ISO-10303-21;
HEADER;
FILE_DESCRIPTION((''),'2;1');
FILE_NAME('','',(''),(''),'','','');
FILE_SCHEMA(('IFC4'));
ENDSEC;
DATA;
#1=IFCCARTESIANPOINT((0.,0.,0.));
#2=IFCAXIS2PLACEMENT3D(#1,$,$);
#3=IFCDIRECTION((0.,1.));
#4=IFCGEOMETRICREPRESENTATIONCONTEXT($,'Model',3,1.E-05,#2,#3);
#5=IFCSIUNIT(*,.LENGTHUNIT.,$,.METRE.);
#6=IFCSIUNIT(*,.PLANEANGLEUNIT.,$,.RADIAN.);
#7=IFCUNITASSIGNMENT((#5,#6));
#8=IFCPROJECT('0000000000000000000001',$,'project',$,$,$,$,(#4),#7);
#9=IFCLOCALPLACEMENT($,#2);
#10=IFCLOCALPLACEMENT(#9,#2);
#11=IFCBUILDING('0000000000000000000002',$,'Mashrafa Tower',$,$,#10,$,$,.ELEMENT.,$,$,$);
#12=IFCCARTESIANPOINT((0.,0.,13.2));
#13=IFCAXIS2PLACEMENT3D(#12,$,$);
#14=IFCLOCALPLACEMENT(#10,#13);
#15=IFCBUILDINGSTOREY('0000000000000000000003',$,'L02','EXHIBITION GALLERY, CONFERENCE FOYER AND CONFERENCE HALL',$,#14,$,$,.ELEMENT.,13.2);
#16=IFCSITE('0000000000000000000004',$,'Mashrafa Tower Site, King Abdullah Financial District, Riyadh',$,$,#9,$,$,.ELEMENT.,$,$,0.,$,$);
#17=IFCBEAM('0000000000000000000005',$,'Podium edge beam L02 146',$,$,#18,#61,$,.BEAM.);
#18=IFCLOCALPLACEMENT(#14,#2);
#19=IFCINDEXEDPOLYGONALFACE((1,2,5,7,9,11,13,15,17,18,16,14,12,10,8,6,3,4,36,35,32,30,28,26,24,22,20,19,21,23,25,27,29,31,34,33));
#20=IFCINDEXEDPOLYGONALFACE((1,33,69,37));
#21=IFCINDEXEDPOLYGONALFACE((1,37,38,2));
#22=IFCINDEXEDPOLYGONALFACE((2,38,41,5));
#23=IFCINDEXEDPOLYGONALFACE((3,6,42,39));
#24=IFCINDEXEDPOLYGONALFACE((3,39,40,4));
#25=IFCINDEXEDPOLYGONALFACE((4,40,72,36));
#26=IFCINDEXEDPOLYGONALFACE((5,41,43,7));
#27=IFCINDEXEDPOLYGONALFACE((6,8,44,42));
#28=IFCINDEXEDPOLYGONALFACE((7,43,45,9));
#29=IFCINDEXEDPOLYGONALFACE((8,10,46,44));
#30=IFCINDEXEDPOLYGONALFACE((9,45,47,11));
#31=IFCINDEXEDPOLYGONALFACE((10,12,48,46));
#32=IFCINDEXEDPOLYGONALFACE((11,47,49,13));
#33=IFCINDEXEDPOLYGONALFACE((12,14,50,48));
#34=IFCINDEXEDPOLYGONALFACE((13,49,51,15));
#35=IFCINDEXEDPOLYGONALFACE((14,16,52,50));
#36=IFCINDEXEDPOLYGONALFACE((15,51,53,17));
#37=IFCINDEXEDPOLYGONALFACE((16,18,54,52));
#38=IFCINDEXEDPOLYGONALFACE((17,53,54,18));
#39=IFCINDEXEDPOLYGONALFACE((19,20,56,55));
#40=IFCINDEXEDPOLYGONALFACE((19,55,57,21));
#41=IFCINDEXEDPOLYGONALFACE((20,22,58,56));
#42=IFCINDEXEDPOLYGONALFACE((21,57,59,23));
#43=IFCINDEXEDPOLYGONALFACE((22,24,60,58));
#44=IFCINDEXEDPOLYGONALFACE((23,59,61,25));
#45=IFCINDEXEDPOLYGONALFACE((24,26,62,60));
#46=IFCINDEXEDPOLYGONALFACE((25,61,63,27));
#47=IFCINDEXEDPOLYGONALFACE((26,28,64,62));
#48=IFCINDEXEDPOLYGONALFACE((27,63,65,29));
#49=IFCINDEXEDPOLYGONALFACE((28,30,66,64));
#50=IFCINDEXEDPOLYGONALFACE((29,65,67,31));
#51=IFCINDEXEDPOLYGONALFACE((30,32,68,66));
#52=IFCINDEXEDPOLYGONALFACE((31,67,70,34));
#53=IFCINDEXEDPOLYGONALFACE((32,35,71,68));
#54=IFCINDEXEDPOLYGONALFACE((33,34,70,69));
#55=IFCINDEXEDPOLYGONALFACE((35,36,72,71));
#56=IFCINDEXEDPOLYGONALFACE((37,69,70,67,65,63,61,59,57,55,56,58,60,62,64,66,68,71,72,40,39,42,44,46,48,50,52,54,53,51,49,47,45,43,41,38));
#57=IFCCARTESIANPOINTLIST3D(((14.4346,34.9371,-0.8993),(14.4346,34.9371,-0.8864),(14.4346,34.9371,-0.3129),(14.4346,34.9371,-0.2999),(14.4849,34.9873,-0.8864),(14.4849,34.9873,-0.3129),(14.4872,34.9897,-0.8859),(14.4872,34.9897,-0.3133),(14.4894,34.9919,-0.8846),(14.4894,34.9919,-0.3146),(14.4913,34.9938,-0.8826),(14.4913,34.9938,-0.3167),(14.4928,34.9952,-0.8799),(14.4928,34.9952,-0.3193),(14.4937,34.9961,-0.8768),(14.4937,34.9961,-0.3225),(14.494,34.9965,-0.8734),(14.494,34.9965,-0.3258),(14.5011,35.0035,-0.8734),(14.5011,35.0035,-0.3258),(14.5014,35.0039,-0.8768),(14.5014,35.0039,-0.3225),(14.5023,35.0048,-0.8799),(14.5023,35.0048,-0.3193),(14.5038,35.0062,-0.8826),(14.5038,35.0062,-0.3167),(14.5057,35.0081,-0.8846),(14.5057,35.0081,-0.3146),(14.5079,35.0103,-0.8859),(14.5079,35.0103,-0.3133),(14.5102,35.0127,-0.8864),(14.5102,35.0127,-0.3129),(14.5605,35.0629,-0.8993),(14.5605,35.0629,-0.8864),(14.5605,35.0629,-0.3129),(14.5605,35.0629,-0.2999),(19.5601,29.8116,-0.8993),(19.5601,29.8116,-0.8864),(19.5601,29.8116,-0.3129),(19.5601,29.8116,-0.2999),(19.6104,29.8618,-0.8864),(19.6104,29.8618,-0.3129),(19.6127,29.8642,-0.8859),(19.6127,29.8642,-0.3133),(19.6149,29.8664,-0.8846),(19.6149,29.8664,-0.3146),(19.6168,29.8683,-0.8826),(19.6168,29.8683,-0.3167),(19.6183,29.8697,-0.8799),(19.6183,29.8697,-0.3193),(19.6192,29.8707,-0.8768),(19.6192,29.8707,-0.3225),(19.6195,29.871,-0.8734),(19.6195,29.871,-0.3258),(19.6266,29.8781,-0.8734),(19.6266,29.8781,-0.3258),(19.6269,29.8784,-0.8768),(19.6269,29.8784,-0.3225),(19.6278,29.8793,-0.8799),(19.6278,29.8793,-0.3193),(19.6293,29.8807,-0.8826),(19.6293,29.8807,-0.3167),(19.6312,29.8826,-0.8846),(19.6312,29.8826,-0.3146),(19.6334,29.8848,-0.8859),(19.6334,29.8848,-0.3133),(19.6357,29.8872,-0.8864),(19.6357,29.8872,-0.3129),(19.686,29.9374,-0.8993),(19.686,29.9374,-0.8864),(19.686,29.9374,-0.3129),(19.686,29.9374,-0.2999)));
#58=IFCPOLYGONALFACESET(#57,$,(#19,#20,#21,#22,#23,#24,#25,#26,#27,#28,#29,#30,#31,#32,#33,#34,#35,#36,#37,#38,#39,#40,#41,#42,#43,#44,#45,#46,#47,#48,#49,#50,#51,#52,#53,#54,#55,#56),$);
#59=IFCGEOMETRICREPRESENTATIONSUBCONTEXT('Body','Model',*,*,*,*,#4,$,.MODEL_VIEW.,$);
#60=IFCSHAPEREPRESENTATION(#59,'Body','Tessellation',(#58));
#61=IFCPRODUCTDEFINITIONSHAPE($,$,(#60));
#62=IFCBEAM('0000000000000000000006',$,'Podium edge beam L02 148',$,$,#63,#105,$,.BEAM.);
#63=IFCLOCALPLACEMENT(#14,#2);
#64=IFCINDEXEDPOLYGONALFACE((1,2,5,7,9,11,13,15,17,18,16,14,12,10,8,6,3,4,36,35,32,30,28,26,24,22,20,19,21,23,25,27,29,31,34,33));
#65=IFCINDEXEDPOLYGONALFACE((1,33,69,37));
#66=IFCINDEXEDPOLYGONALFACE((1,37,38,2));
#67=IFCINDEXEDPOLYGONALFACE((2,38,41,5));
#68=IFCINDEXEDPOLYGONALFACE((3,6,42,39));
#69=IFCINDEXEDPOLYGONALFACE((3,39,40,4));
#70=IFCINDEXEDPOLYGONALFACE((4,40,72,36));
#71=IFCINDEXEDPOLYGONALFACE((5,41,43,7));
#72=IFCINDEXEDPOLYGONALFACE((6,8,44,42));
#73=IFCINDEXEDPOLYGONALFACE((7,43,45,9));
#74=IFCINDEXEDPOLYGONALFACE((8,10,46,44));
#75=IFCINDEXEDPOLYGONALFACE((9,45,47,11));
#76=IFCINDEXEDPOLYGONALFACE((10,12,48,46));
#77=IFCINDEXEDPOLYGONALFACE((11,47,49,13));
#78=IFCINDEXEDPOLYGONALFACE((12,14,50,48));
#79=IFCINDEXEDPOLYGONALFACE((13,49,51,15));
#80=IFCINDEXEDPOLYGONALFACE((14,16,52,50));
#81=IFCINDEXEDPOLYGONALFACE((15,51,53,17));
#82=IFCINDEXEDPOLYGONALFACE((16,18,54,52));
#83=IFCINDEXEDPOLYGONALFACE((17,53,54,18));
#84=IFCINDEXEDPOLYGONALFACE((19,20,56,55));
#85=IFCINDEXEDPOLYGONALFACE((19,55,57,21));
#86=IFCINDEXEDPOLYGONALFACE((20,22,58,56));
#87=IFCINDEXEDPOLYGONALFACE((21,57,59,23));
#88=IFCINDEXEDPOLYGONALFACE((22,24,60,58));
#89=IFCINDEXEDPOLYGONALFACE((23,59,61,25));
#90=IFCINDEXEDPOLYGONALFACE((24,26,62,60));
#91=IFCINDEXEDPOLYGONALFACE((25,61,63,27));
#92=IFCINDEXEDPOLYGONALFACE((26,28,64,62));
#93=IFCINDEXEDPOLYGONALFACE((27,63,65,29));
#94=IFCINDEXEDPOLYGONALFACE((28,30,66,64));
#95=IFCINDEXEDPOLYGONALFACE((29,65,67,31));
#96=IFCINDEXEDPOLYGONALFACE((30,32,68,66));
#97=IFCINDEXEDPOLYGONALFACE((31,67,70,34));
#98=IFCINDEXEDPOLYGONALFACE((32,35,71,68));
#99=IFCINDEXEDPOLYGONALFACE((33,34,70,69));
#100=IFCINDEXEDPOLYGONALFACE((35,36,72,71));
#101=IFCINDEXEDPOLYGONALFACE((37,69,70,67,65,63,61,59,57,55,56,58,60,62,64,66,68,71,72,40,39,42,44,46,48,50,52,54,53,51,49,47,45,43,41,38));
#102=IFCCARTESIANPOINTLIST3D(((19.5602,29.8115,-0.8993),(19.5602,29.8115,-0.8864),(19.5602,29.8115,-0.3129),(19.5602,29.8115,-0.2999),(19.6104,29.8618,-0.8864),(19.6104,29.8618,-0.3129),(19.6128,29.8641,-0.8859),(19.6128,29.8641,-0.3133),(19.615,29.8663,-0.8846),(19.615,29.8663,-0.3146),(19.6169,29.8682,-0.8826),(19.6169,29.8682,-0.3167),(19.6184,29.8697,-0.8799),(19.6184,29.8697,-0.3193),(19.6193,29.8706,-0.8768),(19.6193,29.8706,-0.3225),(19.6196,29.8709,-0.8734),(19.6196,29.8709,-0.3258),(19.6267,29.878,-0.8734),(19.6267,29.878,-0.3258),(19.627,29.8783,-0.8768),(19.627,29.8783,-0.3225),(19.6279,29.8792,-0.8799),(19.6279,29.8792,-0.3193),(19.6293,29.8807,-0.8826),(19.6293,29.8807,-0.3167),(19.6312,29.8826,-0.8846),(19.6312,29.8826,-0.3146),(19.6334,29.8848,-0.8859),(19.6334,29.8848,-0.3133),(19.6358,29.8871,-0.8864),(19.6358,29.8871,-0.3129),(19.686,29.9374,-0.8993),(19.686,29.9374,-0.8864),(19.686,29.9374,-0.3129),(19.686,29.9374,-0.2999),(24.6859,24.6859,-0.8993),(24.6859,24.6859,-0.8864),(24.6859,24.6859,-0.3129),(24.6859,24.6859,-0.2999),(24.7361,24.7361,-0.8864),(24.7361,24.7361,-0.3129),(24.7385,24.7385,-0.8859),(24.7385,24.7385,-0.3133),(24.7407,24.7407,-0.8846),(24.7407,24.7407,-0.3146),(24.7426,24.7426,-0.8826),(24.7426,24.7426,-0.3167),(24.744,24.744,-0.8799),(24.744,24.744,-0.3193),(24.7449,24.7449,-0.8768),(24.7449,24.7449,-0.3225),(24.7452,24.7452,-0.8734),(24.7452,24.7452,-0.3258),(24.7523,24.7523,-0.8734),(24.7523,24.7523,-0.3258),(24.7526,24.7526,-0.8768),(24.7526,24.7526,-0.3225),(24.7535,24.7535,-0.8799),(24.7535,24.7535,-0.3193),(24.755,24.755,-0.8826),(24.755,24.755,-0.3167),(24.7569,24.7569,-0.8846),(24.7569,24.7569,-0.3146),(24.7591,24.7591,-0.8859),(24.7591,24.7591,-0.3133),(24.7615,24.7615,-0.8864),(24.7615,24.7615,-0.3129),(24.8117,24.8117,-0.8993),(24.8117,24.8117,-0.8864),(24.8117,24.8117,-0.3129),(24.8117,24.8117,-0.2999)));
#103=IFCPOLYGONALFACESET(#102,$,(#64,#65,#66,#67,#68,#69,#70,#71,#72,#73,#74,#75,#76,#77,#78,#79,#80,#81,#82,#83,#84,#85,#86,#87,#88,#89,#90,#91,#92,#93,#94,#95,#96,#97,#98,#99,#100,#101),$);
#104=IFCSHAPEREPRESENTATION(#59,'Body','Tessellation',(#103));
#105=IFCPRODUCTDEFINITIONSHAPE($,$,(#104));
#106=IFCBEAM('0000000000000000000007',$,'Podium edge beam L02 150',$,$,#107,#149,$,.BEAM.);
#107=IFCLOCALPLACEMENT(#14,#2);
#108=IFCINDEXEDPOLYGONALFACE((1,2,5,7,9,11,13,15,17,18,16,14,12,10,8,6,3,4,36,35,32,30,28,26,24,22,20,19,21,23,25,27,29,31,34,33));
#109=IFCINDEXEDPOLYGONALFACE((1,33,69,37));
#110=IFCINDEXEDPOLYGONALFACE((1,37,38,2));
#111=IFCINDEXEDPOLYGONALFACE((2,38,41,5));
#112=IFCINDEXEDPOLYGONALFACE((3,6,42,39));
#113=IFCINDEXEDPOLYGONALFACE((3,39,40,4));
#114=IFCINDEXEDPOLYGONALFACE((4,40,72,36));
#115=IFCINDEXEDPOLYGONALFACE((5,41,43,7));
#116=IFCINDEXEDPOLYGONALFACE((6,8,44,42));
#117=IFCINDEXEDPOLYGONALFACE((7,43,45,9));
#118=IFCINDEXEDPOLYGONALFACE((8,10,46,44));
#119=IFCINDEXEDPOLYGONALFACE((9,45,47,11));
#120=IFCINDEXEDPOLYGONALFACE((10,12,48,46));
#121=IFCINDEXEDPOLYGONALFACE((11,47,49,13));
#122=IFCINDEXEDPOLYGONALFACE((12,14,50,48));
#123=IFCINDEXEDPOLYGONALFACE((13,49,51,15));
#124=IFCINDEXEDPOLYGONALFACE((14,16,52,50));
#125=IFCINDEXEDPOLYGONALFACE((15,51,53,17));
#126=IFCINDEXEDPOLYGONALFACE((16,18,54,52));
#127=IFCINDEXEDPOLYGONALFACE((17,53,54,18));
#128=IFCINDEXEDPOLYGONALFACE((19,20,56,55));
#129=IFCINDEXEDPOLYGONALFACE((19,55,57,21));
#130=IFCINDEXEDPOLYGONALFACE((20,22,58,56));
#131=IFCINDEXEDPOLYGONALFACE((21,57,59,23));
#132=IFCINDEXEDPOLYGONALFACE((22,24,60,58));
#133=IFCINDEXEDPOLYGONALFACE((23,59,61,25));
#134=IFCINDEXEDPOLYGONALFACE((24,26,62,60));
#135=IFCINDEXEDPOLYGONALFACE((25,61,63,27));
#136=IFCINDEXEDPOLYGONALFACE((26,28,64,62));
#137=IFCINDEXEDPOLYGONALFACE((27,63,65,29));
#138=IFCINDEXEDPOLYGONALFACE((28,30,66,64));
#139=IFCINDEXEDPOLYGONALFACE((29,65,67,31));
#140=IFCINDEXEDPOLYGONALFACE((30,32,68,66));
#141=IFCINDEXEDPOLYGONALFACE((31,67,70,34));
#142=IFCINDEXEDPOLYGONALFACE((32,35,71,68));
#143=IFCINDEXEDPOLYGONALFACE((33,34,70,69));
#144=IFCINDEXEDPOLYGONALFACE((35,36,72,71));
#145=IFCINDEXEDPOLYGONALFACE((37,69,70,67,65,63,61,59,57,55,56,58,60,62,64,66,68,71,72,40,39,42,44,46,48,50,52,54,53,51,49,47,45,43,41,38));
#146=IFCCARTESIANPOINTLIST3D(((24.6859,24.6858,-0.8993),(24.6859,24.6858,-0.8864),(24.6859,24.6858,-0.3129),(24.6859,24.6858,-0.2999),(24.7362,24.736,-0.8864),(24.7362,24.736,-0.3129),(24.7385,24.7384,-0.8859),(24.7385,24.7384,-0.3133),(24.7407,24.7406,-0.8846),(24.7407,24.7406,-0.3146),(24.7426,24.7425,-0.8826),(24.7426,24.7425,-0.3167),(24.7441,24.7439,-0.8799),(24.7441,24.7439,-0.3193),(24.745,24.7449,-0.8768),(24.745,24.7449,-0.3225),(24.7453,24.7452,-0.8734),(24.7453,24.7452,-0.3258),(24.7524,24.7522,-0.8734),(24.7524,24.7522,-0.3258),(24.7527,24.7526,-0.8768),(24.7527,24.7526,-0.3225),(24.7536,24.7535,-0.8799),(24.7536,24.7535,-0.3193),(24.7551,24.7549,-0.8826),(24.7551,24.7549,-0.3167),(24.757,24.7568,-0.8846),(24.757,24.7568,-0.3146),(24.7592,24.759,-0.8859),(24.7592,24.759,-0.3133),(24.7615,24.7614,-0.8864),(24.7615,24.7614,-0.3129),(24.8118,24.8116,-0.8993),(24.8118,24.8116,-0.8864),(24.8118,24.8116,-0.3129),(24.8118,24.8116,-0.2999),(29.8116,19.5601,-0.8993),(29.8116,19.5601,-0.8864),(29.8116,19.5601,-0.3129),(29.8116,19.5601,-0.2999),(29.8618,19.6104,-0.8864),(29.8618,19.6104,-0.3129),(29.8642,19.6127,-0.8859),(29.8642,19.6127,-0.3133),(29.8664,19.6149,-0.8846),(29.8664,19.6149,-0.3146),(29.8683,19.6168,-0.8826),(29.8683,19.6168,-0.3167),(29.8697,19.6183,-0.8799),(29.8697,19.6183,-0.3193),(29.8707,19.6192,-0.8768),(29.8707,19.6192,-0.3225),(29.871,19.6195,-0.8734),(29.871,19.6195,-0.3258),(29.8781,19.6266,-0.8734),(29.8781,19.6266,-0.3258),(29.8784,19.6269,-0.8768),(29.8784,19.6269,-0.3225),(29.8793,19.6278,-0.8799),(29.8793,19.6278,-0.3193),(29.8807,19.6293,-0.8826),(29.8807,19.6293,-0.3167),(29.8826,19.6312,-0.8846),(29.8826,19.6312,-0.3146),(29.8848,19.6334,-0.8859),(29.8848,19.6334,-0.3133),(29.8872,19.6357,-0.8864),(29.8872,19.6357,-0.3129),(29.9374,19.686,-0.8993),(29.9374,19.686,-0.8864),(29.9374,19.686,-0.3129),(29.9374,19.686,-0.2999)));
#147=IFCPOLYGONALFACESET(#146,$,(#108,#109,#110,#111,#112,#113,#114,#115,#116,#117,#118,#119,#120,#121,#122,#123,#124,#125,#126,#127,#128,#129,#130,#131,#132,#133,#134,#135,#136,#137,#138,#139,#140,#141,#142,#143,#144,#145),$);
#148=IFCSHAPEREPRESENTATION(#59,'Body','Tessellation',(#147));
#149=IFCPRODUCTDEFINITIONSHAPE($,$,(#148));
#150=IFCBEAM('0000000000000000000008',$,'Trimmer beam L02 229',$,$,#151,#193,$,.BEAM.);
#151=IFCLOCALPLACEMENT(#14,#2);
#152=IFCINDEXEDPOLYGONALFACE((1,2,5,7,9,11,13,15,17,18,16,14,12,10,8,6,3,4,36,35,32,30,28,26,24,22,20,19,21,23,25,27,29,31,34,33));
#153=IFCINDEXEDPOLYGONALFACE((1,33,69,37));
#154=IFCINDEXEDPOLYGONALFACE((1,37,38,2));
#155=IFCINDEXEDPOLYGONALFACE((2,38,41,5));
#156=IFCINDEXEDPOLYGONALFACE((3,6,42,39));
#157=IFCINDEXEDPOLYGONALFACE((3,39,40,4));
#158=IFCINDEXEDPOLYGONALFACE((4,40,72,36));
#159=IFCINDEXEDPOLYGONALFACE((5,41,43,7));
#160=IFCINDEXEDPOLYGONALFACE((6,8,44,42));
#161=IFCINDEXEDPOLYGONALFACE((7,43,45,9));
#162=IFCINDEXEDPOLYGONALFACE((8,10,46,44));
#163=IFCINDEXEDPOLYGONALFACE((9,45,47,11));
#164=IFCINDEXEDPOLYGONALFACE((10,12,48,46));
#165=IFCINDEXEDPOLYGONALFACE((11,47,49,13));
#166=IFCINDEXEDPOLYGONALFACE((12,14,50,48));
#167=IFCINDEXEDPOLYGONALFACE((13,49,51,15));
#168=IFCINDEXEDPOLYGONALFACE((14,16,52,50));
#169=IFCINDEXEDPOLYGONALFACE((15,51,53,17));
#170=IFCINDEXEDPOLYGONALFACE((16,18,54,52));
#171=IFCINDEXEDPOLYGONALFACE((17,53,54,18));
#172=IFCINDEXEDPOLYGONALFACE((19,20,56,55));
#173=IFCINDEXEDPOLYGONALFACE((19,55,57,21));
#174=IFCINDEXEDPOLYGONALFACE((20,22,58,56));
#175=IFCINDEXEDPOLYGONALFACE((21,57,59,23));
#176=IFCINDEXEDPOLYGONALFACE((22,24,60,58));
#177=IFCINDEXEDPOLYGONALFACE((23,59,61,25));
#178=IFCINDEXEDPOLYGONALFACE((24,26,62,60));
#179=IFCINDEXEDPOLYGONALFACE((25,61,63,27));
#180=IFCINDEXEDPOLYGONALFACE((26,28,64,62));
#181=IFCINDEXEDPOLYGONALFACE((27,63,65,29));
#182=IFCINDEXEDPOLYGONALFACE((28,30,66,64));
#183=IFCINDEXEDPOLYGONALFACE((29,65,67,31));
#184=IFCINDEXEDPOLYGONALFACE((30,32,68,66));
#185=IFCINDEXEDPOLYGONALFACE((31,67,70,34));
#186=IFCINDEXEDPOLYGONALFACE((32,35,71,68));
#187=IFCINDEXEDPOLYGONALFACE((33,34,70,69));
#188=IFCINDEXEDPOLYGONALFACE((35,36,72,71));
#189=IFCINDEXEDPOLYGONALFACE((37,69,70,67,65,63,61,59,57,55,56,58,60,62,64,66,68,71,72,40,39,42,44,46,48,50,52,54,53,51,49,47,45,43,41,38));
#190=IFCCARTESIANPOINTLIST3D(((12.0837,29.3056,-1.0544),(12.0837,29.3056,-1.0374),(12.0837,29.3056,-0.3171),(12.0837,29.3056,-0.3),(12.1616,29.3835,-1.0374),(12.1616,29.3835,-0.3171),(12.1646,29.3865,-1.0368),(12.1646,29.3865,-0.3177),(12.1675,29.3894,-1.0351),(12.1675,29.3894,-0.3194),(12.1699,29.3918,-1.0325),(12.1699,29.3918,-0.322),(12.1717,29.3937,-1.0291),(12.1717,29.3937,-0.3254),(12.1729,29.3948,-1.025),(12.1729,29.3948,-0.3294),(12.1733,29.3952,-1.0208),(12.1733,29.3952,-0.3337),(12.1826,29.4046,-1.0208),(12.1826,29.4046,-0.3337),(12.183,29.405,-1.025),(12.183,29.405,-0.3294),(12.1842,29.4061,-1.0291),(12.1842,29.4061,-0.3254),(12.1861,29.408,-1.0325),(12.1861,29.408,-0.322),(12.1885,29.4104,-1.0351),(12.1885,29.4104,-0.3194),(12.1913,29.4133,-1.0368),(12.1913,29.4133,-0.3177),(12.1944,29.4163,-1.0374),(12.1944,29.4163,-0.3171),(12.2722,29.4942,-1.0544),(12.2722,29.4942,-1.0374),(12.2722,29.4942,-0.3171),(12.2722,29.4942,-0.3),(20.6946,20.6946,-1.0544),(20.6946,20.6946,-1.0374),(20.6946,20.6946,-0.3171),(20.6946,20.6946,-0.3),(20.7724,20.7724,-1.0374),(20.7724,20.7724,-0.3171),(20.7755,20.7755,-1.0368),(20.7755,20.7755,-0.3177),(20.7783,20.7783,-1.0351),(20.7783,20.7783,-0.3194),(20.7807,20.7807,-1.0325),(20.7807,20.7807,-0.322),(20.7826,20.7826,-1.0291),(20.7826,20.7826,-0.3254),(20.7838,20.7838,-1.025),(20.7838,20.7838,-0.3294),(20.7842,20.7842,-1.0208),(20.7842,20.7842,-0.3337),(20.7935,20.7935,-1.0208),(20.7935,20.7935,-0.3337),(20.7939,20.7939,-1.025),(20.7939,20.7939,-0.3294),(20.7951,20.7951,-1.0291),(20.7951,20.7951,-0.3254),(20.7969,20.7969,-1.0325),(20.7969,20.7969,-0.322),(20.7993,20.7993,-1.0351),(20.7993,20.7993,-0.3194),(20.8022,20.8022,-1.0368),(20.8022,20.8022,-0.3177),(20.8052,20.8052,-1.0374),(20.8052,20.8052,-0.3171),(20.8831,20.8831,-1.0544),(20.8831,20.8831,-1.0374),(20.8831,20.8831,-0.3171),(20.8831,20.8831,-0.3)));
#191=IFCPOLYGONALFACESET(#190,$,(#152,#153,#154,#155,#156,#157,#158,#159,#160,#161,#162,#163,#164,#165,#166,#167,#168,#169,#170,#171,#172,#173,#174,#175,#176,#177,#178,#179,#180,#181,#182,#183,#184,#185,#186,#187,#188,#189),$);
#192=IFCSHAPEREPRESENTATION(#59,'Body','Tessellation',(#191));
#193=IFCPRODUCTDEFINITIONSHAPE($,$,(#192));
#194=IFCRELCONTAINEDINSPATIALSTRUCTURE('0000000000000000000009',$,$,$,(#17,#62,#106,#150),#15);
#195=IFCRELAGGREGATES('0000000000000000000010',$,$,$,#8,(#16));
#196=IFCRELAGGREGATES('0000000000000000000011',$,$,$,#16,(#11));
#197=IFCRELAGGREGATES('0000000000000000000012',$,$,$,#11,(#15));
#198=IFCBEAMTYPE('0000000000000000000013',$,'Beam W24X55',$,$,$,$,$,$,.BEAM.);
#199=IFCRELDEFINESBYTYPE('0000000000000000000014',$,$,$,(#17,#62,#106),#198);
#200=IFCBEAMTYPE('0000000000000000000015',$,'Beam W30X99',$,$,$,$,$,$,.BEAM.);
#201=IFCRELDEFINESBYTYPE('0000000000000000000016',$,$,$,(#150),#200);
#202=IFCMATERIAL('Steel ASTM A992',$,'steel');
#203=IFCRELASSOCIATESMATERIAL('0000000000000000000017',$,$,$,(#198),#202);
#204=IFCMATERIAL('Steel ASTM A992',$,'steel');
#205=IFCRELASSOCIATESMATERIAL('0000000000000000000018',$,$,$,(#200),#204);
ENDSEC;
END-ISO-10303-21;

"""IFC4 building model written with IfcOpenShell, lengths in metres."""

from ifc_helpers import new_model, si_unit, direction, frame, origin, origin_2d, place, context, subcontext, project, spatial, i_section, extrude, material, material_profile, profile_set, type_object, element, save


model = new_model("IFC4")

# Units and contexts
model_context = context("Model", 3, precision=1e-05, world=origin(), true_north=direction((0.0, 1.0)))
body_context = subcontext(model_context, "Body", "Model", "MODEL_VIEW")
ifc_project = project(units=[si_unit("LENGTHUNIT", "METRE"), si_unit("PLANEANGLEUNIT", "RADIAN")], contexts=[model_context])

# Site, building, storey
site_placement = place(None, origin())
site = spatial("IfcSite", under=ifc_project, at=site_placement, Name="Mashrafa Tower Site, King Abdullah Financial District, Riyadh", CompositionType="ELEMENT", RefElevation=0.0)
building_placement = place(site_placement, origin())
building = spatial("IfcBuilding", under=site, at=building_placement, Name="Mashrafa Tower", CompositionType="ELEMENT")
storey_placement = place(building_placement, frame((0.0, 0.0, 13.2)))
storey = spatial("IfcBuildingStorey", under=building, at=storey_placement, Name="L02", Description="EXHIBITION GALLERY, CONFERENCE FOYER AND CONFERENCE HALL", CompositionType="ELEMENT", Elevation=13.2)

# Beams
ifc_material_1 = material(Name="Steel ASTM A992", Category="steel")
ifc_material_profile_1 = material_profile(ifc_material_1, i_section(OverallWidth=0.178, OverallDepth=0.5994, WebThickness=0.01, FlangeThickness=0.0129, FilletRadius=0.0129, at=origin_2d()), Name="W24X55")
ifc_profile_set_1 = profile_set([ifc_material_profile_1], Name="Steel ASTM A992")
beam_type_1 = type_object("IfcBeamType", Name="Beam W24X55", PredefinedType="BEAM", material=ifc_profile_set_1)
beam_1_placement = place(storey_placement, frame((19.623, 29.8745, -0.5996), z_axis=(-0.707107, 0.707107, 0.0), x_axis=(-0.707107, -0.707107, 0.0)))
element("IfcBeam", 1, at=beam_1_placement, inside=storey, type_object=beam_type_1, Name="Podium edge beam L02 146", PredefinedType="BEAM", context=body_context, shape_type="SweptSolid", body=[
    extrude(i_section(OverallWidth=0.178, OverallDepth=0.5994, WebThickness=0.01, FlangeThickness=0.0129, FilletRadius=0.0129, at=origin_2d()), origin(), (0.0, 0.0, 1.0), 7.2485),
])
for number, where, z_axis, x_axis, name in (
    (2, (24.7488, 24.7488, -0.5996), (-0.707107, 0.707107, 0.0), (-0.707107, -0.707107, 0.0), "Podium edge beam L02 148"),
    (3, (29.8745, 19.623, -0.5996), (-0.707107, 0.707107, 0.0), (-0.707107, -0.707107, 0.0), "Podium edge beam L02 150"),
):
    element("IfcBeam", number, at=place(storey_placement, frame(where, z_axis=z_axis, x_axis=x_axis)), inside=storey, type_object=beam_type_1, Name=name, PredefinedType="BEAM", context=body_context, shape_type="SweptSolid", body=[
        extrude(i_section(OverallWidth=0.178, OverallDepth=0.5994, WebThickness=0.01, FlangeThickness=0.0129, FilletRadius=0.0129, at=origin_2d()), origin(), (0.0, 0.0, 1.0), 7.2488),
    ])
ifc_material_2 = material(Name="Steel ASTM A992", Category="steel")
ifc_material_profile_2 = material_profile(ifc_material_2, i_section(OverallWidth=0.2666, OverallDepth=0.7544, WebThickness=0.0132, FlangeThickness=0.0171, FilletRadius=0.0166, at=origin_2d()), Name="W30X99")
ifc_profile_set_2 = profile_set([ifc_material_profile_2], Name="Steel ASTM A992")
beam_type_2 = type_object("IfcBeamType", Name="Beam W30X99", PredefinedType="BEAM", material=ifc_profile_set_2)
beam_2_placement = place(storey_placement, frame((20.7888, 20.7888, -0.6772), z_axis=(-0.707097, 0.707117, 0.0), x_axis=(-0.707117, -0.707097, 0.0)))
element("IfcBeam", 4, at=beam_2_placement, inside=storey, type_object=beam_type_2, Name="Trimmer beam L02 229", PredefinedType="BEAM", context=body_context, shape_type="SweptSolid", body=[
    extrude(i_section(OverallWidth=0.2666, OverallDepth=0.7544, WebThickness=0.0132, FlangeThickness=0.0171, FilletRadius=0.0166, at=origin_2d()), origin(), (0.0, 0.0, 1.0), 12.1777),
])

save(model, "model.ifc")
